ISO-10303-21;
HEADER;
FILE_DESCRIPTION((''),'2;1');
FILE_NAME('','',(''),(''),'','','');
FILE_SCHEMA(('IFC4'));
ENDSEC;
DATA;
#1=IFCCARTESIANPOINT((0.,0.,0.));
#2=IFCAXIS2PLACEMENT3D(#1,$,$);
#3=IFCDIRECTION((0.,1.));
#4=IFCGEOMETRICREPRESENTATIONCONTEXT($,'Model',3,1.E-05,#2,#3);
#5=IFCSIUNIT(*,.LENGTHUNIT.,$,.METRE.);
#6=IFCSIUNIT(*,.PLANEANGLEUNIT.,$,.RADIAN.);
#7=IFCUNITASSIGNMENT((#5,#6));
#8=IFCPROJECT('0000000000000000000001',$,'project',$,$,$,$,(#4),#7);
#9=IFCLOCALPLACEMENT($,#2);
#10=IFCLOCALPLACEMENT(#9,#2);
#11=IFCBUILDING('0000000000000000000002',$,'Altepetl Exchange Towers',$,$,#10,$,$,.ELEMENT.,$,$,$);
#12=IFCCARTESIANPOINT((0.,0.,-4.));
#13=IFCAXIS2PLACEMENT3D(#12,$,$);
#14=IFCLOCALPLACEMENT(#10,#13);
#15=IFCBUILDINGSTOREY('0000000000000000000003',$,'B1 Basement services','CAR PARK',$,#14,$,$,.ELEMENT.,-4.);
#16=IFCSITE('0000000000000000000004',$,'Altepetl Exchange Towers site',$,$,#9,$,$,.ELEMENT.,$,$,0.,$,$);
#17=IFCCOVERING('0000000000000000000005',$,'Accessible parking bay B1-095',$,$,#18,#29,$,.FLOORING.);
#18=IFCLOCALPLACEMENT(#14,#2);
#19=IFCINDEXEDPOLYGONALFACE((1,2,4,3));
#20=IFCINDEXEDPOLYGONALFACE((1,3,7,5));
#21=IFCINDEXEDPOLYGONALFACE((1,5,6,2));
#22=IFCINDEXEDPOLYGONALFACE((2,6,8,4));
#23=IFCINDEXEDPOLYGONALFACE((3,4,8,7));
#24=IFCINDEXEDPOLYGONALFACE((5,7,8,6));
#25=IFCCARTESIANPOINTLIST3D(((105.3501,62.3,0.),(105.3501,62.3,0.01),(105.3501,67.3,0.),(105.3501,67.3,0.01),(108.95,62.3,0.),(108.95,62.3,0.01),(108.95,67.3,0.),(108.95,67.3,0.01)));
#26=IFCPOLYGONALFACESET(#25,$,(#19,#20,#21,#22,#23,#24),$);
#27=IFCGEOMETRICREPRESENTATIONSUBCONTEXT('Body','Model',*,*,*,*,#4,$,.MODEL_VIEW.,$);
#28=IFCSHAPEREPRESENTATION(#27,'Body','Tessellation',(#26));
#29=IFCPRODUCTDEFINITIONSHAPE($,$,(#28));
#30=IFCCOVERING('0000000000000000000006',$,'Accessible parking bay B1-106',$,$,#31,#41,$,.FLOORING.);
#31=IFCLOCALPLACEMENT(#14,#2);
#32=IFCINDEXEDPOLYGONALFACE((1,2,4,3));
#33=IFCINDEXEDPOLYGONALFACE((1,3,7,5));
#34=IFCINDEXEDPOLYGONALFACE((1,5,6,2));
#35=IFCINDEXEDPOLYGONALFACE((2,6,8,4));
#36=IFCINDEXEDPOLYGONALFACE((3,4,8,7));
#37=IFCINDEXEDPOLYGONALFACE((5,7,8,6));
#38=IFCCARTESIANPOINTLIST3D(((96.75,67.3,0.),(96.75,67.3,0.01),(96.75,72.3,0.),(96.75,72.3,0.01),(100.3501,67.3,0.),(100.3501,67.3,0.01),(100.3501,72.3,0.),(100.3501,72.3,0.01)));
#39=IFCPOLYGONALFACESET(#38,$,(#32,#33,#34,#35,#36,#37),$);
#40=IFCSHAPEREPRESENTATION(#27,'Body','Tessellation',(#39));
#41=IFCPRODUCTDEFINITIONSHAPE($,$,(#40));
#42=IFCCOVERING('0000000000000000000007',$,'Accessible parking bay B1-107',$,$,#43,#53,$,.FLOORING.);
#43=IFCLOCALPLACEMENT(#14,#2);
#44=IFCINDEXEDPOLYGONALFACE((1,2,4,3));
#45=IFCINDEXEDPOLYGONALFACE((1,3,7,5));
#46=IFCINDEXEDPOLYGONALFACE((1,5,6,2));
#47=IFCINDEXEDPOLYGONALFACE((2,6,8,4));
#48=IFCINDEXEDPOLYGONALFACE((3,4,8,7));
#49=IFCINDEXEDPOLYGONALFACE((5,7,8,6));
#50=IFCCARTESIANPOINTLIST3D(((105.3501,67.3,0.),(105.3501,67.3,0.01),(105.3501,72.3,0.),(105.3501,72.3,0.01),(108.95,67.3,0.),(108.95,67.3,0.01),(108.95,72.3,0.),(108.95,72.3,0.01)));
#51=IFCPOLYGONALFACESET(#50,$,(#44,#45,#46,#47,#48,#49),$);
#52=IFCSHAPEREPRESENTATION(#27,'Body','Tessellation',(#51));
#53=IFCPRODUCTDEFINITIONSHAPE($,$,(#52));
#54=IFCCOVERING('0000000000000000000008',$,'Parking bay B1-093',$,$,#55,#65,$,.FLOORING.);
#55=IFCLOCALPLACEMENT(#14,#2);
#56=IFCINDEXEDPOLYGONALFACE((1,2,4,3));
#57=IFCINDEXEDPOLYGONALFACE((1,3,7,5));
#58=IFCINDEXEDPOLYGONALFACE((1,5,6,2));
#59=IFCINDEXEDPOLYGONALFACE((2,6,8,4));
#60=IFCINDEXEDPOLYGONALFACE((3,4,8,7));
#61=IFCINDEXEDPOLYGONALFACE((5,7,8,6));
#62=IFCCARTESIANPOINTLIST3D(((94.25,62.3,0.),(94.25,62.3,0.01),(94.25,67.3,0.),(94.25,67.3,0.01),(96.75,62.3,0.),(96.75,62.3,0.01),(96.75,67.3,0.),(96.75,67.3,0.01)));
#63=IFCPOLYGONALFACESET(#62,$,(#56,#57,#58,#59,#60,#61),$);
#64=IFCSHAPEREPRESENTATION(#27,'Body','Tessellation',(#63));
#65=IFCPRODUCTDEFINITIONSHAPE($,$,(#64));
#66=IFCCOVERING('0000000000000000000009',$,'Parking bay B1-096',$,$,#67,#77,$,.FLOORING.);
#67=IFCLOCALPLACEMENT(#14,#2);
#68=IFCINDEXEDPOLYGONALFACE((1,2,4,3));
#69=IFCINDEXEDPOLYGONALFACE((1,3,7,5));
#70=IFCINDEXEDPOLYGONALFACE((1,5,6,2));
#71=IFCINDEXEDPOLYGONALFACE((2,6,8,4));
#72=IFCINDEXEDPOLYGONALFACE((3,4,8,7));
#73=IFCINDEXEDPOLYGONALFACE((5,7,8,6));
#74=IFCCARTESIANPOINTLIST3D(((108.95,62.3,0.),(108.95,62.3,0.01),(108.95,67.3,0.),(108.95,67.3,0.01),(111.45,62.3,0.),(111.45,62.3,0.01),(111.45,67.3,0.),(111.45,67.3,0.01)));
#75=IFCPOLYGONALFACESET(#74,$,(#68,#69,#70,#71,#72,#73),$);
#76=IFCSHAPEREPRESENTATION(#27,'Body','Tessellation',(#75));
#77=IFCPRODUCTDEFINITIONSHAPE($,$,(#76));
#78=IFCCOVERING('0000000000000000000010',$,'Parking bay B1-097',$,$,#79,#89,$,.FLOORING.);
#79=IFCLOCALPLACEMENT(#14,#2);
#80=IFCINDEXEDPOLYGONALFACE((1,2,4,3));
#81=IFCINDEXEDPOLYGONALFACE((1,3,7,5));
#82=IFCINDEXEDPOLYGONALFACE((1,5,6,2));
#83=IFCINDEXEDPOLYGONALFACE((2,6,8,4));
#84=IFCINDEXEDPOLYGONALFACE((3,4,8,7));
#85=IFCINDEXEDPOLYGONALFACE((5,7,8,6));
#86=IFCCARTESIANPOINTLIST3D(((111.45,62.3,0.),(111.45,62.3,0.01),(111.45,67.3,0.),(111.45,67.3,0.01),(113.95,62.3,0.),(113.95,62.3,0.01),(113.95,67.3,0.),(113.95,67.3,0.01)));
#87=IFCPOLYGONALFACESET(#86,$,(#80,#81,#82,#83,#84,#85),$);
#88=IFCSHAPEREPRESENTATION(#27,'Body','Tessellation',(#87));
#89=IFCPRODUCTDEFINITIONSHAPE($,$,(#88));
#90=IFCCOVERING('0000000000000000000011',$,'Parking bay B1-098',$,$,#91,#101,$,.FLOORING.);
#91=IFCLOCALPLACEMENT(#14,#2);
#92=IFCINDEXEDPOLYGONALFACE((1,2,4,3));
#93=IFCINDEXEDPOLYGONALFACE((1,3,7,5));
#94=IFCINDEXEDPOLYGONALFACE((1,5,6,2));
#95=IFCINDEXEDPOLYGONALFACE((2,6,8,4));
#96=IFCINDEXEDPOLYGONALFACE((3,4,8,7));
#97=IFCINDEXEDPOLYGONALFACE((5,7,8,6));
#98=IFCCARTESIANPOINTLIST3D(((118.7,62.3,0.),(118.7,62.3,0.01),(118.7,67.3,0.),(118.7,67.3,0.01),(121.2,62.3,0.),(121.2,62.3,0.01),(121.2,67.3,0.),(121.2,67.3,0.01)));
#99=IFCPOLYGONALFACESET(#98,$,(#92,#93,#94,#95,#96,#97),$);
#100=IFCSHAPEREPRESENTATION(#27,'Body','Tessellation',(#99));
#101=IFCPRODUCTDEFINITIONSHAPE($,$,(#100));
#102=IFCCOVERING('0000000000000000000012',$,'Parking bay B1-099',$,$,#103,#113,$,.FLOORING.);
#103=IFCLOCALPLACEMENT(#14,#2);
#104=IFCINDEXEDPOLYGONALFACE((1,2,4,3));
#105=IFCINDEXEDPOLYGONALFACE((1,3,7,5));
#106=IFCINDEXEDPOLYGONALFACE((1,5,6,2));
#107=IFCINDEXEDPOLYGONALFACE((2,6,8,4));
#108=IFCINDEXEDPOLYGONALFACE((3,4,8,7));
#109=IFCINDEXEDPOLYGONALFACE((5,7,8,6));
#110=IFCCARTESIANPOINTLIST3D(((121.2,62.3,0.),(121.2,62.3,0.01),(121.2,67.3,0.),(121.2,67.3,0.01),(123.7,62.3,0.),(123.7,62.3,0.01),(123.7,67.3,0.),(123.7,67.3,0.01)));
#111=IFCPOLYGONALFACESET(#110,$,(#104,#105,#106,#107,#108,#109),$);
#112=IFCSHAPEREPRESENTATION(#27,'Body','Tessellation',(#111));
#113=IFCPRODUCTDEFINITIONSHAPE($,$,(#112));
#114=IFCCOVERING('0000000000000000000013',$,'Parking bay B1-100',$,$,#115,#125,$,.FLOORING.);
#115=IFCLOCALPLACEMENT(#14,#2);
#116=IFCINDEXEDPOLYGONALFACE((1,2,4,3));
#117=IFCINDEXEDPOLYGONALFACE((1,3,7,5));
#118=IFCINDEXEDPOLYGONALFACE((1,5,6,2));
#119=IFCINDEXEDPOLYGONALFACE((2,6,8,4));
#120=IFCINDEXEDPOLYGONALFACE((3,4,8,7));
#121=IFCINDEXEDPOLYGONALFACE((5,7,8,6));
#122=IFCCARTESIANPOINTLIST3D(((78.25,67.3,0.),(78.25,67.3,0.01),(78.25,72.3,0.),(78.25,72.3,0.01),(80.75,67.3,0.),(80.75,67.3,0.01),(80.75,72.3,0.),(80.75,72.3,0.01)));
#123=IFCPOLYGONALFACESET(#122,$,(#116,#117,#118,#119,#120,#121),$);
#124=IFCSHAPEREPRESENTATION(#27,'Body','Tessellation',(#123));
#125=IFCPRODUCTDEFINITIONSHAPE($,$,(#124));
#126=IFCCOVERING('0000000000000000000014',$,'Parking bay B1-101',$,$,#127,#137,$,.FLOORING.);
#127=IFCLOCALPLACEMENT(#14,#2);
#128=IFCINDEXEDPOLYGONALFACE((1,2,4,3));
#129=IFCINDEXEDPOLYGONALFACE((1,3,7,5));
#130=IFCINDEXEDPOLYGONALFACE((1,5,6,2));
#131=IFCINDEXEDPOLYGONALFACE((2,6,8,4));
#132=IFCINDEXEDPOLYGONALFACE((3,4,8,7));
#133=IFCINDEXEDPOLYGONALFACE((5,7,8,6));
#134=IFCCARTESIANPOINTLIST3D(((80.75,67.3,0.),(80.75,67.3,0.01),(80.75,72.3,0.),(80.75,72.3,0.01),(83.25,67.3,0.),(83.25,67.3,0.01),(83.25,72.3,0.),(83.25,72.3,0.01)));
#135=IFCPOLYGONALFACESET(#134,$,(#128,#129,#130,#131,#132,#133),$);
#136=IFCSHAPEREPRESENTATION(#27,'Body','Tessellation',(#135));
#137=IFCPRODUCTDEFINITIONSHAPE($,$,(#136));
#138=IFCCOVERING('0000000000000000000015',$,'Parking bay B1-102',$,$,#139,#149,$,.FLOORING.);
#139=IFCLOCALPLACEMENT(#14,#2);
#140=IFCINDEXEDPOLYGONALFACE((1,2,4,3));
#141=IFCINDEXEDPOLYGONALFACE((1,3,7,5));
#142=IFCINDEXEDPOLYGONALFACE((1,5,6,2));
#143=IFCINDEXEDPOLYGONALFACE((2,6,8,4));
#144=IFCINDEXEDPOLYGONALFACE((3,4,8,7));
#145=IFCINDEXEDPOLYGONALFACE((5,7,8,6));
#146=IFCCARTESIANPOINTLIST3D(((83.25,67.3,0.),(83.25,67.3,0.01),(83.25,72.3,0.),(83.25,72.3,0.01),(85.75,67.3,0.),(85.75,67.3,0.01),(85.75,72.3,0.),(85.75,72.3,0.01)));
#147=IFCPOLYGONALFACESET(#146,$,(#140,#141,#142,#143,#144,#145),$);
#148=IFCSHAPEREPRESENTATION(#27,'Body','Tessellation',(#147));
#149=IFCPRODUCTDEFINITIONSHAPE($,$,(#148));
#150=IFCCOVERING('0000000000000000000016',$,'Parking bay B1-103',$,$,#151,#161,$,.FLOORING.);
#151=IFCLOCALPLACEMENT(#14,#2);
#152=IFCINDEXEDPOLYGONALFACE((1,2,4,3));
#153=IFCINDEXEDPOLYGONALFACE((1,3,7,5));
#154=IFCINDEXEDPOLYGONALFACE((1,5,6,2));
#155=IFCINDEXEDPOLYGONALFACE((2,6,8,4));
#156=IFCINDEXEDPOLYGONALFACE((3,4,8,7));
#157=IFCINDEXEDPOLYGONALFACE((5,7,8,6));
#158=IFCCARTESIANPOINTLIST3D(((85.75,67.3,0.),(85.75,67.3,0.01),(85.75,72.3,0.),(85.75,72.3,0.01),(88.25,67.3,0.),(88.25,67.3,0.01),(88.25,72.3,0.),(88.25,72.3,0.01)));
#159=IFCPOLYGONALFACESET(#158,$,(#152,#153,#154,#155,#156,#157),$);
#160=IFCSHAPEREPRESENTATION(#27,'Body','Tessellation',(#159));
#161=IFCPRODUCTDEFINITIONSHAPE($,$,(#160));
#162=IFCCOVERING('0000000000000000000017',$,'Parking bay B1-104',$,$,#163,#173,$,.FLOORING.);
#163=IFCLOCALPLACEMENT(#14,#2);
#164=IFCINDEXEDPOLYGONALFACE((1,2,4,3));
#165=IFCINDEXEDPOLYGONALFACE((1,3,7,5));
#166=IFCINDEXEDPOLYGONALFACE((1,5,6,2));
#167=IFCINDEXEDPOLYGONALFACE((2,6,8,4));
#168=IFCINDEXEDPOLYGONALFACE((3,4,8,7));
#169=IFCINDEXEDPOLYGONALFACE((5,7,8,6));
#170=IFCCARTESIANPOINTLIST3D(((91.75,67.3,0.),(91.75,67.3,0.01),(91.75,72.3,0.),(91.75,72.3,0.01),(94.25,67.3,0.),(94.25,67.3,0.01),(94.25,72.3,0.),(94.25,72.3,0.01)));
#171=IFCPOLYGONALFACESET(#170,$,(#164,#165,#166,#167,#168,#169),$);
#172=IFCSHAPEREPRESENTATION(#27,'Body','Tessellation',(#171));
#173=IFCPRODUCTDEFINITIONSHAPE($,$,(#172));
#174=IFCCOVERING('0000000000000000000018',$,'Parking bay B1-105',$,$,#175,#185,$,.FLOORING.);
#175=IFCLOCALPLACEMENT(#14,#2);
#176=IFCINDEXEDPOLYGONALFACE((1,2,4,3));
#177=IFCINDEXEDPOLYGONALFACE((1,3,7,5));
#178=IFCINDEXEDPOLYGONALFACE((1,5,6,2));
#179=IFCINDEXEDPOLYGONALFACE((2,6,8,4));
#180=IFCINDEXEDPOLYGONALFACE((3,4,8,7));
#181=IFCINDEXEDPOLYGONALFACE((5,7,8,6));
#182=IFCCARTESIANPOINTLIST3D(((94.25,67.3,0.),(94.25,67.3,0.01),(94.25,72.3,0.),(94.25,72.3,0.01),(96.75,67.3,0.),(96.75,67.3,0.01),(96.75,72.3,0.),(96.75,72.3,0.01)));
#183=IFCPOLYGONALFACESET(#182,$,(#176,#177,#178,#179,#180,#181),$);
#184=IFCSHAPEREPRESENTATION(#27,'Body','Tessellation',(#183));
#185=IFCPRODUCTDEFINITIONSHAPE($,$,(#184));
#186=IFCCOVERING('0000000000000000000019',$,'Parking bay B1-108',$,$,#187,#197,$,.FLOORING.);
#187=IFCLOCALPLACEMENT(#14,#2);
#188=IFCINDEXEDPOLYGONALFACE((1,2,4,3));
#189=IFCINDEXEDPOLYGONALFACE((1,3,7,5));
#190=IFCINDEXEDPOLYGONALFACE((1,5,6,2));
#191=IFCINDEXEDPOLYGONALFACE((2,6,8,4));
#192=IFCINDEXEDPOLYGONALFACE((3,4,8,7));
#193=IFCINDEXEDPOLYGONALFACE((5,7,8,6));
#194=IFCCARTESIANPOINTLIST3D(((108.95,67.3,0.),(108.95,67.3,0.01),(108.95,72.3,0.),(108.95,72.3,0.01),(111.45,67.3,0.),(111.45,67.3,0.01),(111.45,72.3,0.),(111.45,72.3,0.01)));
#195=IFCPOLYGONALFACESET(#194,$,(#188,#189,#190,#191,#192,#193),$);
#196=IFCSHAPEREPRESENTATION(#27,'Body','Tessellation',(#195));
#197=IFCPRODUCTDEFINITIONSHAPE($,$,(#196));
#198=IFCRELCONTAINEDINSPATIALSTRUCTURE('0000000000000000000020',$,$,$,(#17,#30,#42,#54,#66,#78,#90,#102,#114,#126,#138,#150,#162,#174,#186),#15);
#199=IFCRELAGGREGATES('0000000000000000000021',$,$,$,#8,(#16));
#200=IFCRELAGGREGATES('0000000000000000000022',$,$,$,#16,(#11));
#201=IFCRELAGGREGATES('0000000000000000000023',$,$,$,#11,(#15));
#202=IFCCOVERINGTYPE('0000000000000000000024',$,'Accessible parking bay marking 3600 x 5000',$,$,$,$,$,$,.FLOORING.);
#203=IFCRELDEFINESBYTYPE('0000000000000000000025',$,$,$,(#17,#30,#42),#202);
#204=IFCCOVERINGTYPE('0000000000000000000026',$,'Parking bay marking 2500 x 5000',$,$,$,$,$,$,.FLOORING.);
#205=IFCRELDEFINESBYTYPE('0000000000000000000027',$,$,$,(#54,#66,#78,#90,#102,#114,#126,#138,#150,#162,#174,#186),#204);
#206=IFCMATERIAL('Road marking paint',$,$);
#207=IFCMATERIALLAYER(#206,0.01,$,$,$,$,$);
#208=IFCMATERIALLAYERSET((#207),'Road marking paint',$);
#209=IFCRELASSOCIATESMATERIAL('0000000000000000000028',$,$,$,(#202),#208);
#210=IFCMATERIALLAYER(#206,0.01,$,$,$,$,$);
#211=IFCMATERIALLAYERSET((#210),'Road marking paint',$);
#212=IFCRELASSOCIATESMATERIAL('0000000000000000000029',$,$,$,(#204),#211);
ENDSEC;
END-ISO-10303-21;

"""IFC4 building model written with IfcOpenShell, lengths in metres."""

from ifc_helpers import new_model, si_unit, direction, frame, origin, place, context, subcontext, project, spatial, polyline, outline, extrude, material, layer, layer_set, type_object, element, save


model = new_model("IFC4")

# Units and contexts
model_context = context("Model", 3, precision=1e-05, world=origin(), true_north=direction((0.0, 1.0)))
body_context = subcontext(model_context, "Body", "Model", "MODEL_VIEW")
ifc_project = project(units=[si_unit("LENGTHUNIT", "METRE"), si_unit("PLANEANGLEUNIT", "RADIAN")], contexts=[model_context])

# Site, building, storey
site_placement = place(None, origin())
site = spatial("IfcSite", under=ifc_project, at=site_placement, Name="Altepetl Exchange Towers site", CompositionType="ELEMENT", RefElevation=0.0)
building_placement = place(site_placement, origin())
building = spatial("IfcBuilding", under=site, at=building_placement, Name="Altepetl Exchange Towers", CompositionType="ELEMENT")
storey_placement = place(building_placement, frame((0.0, 0.0, -4.0)))
storey = spatial("IfcBuildingStorey", under=building, at=storey_placement, Name="B1 Basement services", Description="CAR PARK", CompositionType="ELEMENT", Elevation=-4.0)

# Coverings
ifc_material_1 = material(Name="Road marking paint")
ifc_layer_1 = layer(ifc_material_1, 0.01)
ifc_layer_set_1 = layer_set([ifc_layer_1], Name="Road marking paint")
covering_type_1 = type_object("IfcCoveringType", Name="Accessible parking bay marking 3600 x 5000", PredefinedType="FLOORING", material=ifc_layer_set_1)
covering_1_placement = place(storey_placement, origin())
element("IfcCovering", 1, at=covering_1_placement, inside=storey, type_object=covering_type_1, Name="Accessible parking bay B1-095", PredefinedType="FLOORING", context=body_context, shape_type="SweptSolid", body=[
    extrude(outline(polyline([(105.3501, 62.3), (108.95, 62.3), (108.95, 67.3), (105.3501, 67.3), (105.3501, 62.3)])), origin(), (0.0, 0.0, 1.0), 0.01),
])
covering_2_placement = place(storey_placement, origin())
element("IfcCovering", 2, at=covering_2_placement, inside=storey, type_object=covering_type_1, Name="Accessible parking bay B1-106", PredefinedType="FLOORING", context=body_context, shape_type="SweptSolid", body=[
    extrude(outline(polyline([(96.75, 67.3), (100.3501, 67.3), (100.3501, 72.3), (96.75, 72.3), (96.75, 67.3)])), origin(), (0.0, 0.0, 1.0), 0.01),
])
covering_3_placement = place(storey_placement, origin())
element("IfcCovering", 3, at=covering_3_placement, inside=storey, type_object=covering_type_1, Name="Accessible parking bay B1-107", PredefinedType="FLOORING", context=body_context, shape_type="SweptSolid", body=[
    extrude(outline(polyline([(105.3501, 67.3), (108.95, 67.3), (108.95, 72.3), (105.3501, 72.3), (105.3501, 67.3)])), origin(), (0.0, 0.0, 1.0), 0.01),
])
ifc_layer_2 = layer(ifc_material_1, 0.01)
ifc_layer_set_2 = layer_set([ifc_layer_2], Name="Road marking paint")
covering_type_2 = type_object("IfcCoveringType", Name="Parking bay marking 2500 x 5000", PredefinedType="FLOORING", material=ifc_layer_set_2)
covering_4_placement = place(storey_placement, origin())
element("IfcCovering", 4, at=covering_4_placement, inside=storey, type_object=covering_type_2, Name="Parking bay B1-093", PredefinedType="FLOORING", context=body_context, shape_type="SweptSolid", body=[
    extrude(outline(polyline([(94.25, 62.3), (96.75, 62.3), (96.75, 67.3), (94.25, 67.3), (94.25, 62.3)])), origin(), (0.0, 0.0, 1.0), 0.01),
])
covering_5_placement = place(storey_placement, origin())
element("IfcCovering", 5, at=covering_5_placement, inside=storey, type_object=covering_type_2, Name="Parking bay B1-096", PredefinedType="FLOORING", context=body_context, shape_type="SweptSolid", body=[
    extrude(outline(polyline([(108.95, 62.3), (111.45, 62.3), (111.45, 67.3), (108.95, 67.3), (108.95, 62.3)])), origin(), (0.0, 0.0, 1.0), 0.01),
])
covering_6_placement = place(storey_placement, origin())
element("IfcCovering", 6, at=covering_6_placement, inside=storey, type_object=covering_type_2, Name="Parking bay B1-097", PredefinedType="FLOORING", context=body_context, shape_type="SweptSolid", body=[
    extrude(outline(polyline([(111.45, 62.3), (113.95, 62.3), (113.95, 67.3), (111.45, 67.3), (111.45, 62.3)])), origin(), (0.0, 0.0, 1.0), 0.01),
])
covering_7_placement = place(storey_placement, origin())
element("IfcCovering", 7, at=covering_7_placement, inside=storey, type_object=covering_type_2, Name="Parking bay B1-098", PredefinedType="FLOORING", context=body_context, shape_type="SweptSolid", body=[
    extrude(outline(polyline([(118.7, 62.3), (121.2, 62.3), (121.2, 67.3), (118.7, 67.3), (118.7, 62.3)])), origin(), (0.0, 0.0, 1.0), 0.01),
])
covering_8_placement = place(storey_placement, origin())
element("IfcCovering", 8, at=covering_8_placement, inside=storey, type_object=covering_type_2, Name="Parking bay B1-099", PredefinedType="FLOORING", context=body_context, shape_type="SweptSolid", body=[
    extrude(outline(polyline([(121.2, 62.3), (123.7, 62.3), (123.7, 67.3), (121.2, 67.3), (121.2, 62.3)])), origin(), (0.0, 0.0, 1.0), 0.01),
])
covering_9_placement = place(storey_placement, origin())
element("IfcCovering", 9, at=covering_9_placement, inside=storey, type_object=covering_type_2, Name="Parking bay B1-100", PredefinedType="FLOORING", context=body_context, shape_type="SweptSolid", body=[
    extrude(outline(polyline([(78.25, 67.3), (80.75, 67.3), (80.75, 72.3), (78.25, 72.3), (78.25, 67.3)])), origin(), (0.0, 0.0, 1.0), 0.01),
])
covering_10_placement = place(storey_placement, origin())
element("IfcCovering", 10, at=covering_10_placement, inside=storey, type_object=covering_type_2, Name="Parking bay B1-101", PredefinedType="FLOORING", context=body_context, shape_type="SweptSolid", body=[
    extrude(outline(polyline([(80.75, 67.3), (83.25, 67.3), (83.25, 72.3), (80.75, 72.3), (80.75, 67.3)])), origin(), (0.0, 0.0, 1.0), 0.01),
])
covering_11_placement = place(storey_placement, origin())
element("IfcCovering", 11, at=covering_11_placement, inside=storey, type_object=covering_type_2, Name="Parking bay B1-102", PredefinedType="FLOORING", context=body_context, shape_type="SweptSolid", body=[
    extrude(outline(polyline([(83.25, 67.3), (85.75, 67.3), (85.75, 72.3), (83.25, 72.3), (83.25, 67.3)])), origin(), (0.0, 0.0, 1.0), 0.01),
])
covering_12_placement = place(storey_placement, origin())
element("IfcCovering", 12, at=covering_12_placement, inside=storey, type_object=covering_type_2, Name="Parking bay B1-103", PredefinedType="FLOORING", context=body_context, shape_type="SweptSolid", body=[
    extrude(outline(polyline([(85.75, 67.3), (88.25, 67.3), (88.25, 72.3), (85.75, 72.3), (85.75, 67.3)])), origin(), (0.0, 0.0, 1.0), 0.01),
])
covering_13_placement = place(storey_placement, origin())
element("IfcCovering", 13, at=covering_13_placement, inside=storey, type_object=covering_type_2, Name="Parking bay B1-104", PredefinedType="FLOORING", context=body_context, shape_type="SweptSolid", body=[
    extrude(outline(polyline([(91.75, 67.3), (94.25, 67.3), (94.25, 72.3), (91.75, 72.3), (91.75, 67.3)])), origin(), (0.0, 0.0, 1.0), 0.01),
])
covering_14_placement = place(storey_placement, origin())
element("IfcCovering", 14, at=covering_14_placement, inside=storey, type_object=covering_type_2, Name="Parking bay B1-105", PredefinedType="FLOORING", context=body_context, shape_type="SweptSolid", body=[
    extrude(outline(polyline([(94.25, 67.3), (96.75, 67.3), (96.75, 72.3), (94.25, 72.3), (94.25, 67.3)])), origin(), (0.0, 0.0, 1.0), 0.01),
])
covering_15_placement = place(storey_placement, origin())
element("IfcCovering", 15, at=covering_15_placement, inside=storey, type_object=covering_type_2, Name="Parking bay B1-108", PredefinedType="FLOORING", context=body_context, shape_type="SweptSolid", body=[
    extrude(outline(polyline([(108.95, 67.3), (111.45, 67.3), (111.45, 72.3), (108.95, 72.3), (108.95, 67.3)])), origin(), (0.0, 0.0, 1.0), 0.01),
])

save(model, "model.ifc")
